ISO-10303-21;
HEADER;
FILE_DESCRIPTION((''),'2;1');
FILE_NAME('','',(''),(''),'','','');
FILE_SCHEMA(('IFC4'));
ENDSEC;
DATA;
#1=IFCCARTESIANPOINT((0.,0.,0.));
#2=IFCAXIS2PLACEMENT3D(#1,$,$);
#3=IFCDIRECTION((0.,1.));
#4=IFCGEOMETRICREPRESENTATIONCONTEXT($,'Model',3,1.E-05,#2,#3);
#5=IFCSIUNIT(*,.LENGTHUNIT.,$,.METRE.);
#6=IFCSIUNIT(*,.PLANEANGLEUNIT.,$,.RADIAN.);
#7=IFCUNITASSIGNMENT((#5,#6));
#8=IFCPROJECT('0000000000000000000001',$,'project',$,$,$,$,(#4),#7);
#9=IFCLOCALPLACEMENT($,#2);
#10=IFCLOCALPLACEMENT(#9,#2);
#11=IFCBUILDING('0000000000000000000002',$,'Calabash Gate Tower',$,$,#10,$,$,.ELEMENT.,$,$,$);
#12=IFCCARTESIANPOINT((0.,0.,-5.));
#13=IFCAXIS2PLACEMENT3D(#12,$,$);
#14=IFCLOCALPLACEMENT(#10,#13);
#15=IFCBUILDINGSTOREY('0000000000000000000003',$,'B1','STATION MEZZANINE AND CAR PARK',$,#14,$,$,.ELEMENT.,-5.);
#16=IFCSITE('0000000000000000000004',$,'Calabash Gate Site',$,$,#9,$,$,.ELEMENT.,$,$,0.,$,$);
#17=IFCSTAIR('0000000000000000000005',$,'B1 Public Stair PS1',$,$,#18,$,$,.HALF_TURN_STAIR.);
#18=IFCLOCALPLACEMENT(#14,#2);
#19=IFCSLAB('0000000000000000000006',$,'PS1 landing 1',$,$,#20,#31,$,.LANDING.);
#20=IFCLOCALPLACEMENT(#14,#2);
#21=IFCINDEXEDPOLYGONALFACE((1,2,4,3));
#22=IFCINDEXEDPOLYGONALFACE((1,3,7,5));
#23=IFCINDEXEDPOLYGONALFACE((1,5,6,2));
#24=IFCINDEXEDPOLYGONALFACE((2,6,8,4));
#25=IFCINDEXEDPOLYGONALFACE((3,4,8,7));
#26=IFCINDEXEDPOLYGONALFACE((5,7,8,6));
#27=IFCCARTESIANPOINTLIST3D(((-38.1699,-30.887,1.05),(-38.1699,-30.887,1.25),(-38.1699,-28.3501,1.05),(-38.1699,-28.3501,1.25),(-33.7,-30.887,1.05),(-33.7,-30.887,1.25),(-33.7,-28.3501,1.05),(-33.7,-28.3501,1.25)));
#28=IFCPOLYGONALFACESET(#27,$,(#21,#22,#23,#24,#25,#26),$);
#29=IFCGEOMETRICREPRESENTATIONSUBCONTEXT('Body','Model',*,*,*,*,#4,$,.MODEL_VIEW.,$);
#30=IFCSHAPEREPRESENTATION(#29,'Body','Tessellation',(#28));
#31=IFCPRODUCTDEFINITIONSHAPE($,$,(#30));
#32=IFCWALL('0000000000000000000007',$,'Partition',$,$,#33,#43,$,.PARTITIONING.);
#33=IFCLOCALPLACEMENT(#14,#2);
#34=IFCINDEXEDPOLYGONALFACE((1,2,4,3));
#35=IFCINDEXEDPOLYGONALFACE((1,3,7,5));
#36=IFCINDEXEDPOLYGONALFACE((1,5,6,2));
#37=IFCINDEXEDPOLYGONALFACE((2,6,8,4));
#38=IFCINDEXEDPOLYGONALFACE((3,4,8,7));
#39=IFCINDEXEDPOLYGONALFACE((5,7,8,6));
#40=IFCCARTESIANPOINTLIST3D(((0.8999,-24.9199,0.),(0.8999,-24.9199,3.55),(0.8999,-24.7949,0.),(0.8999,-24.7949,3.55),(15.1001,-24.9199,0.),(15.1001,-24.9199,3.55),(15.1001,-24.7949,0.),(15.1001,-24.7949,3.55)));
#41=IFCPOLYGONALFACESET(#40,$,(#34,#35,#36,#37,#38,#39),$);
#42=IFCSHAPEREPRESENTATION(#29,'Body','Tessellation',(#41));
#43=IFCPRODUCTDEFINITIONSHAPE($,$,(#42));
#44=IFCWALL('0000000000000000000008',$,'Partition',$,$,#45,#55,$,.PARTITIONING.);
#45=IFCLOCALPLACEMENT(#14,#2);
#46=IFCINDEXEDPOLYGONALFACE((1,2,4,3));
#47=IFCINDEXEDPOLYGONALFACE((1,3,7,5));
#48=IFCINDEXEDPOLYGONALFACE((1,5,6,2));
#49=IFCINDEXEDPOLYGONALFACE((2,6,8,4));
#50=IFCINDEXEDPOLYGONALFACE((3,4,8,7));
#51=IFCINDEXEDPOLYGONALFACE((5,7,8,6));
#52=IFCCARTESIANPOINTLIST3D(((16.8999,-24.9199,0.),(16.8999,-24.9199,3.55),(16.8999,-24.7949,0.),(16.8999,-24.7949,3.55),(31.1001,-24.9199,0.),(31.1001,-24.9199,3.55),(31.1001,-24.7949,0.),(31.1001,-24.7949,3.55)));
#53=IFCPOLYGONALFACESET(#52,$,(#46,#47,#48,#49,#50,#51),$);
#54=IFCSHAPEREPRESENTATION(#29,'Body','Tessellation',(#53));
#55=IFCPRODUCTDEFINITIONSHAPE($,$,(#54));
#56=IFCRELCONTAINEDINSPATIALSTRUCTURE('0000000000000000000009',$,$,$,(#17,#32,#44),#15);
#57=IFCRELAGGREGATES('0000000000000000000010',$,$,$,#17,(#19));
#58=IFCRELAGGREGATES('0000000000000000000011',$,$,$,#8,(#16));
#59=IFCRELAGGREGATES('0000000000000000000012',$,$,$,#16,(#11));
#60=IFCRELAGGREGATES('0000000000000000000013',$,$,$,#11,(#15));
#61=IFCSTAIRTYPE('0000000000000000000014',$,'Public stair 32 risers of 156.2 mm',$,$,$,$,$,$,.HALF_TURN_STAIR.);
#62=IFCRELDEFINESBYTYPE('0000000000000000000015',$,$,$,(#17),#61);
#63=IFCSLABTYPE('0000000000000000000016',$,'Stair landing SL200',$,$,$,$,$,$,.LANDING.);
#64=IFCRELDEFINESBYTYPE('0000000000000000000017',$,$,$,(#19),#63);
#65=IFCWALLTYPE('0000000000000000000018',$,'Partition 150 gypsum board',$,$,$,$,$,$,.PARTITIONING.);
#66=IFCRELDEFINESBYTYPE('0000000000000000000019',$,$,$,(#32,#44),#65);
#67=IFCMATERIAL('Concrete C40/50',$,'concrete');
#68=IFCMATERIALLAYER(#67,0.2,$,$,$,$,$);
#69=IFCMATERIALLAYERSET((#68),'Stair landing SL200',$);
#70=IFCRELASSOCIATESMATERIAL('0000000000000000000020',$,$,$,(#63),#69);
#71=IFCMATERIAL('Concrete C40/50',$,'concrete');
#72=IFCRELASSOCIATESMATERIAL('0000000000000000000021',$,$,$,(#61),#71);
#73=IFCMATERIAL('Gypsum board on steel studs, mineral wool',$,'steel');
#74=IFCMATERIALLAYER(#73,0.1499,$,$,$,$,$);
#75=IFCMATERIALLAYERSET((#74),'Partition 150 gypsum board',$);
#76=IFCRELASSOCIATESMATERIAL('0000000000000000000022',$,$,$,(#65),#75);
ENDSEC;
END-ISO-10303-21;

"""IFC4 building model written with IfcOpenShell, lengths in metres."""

from ifc_helpers import new_model, si_unit, direction, frame, frame_2d, origin, place, context, subcontext, project, spatial, polyline, rectangle, outline, extrude, material, layer, layer_set, type_object, element, aggregate, save


model = new_model("IFC4")

# Units and contexts
model_context = context("Model", 3, precision=1e-05, world=origin(), true_north=direction((0.0, 1.0)))
body_context = subcontext(model_context, "Body", "Model", "MODEL_VIEW")
ifc_project = project(units=[si_unit("LENGTHUNIT", "METRE"), si_unit("PLANEANGLEUNIT", "RADIAN")], contexts=[model_context])

# Site, building, storey
site_placement = place(None, origin())
site = spatial("IfcSite", under=ifc_project, at=site_placement, Name="Calabash Gate Site", CompositionType="ELEMENT", RefElevation=0.0)
building_placement = place(site_placement, origin())
building = spatial("IfcBuilding", under=site, at=building_placement, Name="Calabash Gate Tower", CompositionType="ELEMENT")
storey_placement = place(building_placement, frame((0.0, 0.0, -5.0)))
storey = spatial("IfcBuildingStorey", under=building, at=storey_placement, Name="B1", Description="STATION MEZZANINE AND CAR PARK", CompositionType="ELEMENT", Elevation=-5.0)

# Shared definitions
ifc_material_1 = material(Name="Concrete C40/50", Category="concrete")
ifc_layer_1 = layer(ifc_material_1, 0.2)
ifc_layer_set_1 = layer_set([ifc_layer_1], Name="Stair landing SL200")
slab_type = type_object("IfcSlabType", Name="Stair landing SL200", PredefinedType="LANDING", material=ifc_layer_set_1)

# Stair, slab
ifc_material_2 = material(Name="Concrete C40/50", Category="concrete")
stair_type_1 = type_object("IfcStairType", Name="Public stair 32 risers of 156.2 mm", PredefinedType="HALF_TURN_STAIR", material=ifc_material_2)
stair_1_placement = place(storey_placement, origin())
stair_1 = element("IfcStair", 1, at=stair_1_placement, inside=storey, type_object=stair_type_1, Name="B1 Public Stair PS1", PredefinedType="HALF_TURN_STAIR")
slab_1_placement = place(storey_placement, frame((0.0, 0.0, 1.05)))
slab_1 = element("IfcSlab", 2, at=slab_1_placement, type_object=slab_type, Name="PS1 landing 1", PredefinedType="LANDING", context=body_context, shape_type="SweptSolid", body=[
    extrude(outline(polyline([(-33.7, -30.887), (-33.7, -28.3501), (-38.1699, -28.3501), (-38.1699, -30.887), (-33.7, -30.887)])), origin(), (0.0, 0.0, 1.0), 0.2),
])
aggregate(stair_1, [slab_1])

# Walls
ifc_material_3 = material(Name="Gypsum board on steel studs, mineral wool", Category="steel")
ifc_layer_2 = layer(ifc_material_3, 0.1499)
ifc_layer_set_2 = layer_set([ifc_layer_2], Name="Partition 150 gypsum board")
wall_type = type_object("IfcWallType", Name="Partition 150 gypsum board", PredefinedType="PARTITIONING", material=ifc_layer_set_2)
for number, where, z_axis, x_axis, name in (
    (3, (0.8999, -24.8574, 0.0), (0.0, 0.0, 1.0), (1.0, 0.0, 0.0), "Partition"),
    (4, (16.8999, -24.8574, 0.0), (0.0, 0.0, 1.0), (1.0, 0.0, 0.0), "Partition"),
):
    element("IfcWall", number, at=place(storey_placement, frame(where, z_axis=z_axis, x_axis=x_axis)), inside=storey, type_object=wall_type, Name=name, PredefinedType="PARTITIONING", context=body_context, shape_type="SweptSolid", body=[
        extrude(rectangle(XDim=14.2002, YDim=0.125, at=frame_2d((7.1001, 0.0))), origin(), (0.0, 0.0, 1.0), 3.55),
    ])

save(model, "model.ifc")
